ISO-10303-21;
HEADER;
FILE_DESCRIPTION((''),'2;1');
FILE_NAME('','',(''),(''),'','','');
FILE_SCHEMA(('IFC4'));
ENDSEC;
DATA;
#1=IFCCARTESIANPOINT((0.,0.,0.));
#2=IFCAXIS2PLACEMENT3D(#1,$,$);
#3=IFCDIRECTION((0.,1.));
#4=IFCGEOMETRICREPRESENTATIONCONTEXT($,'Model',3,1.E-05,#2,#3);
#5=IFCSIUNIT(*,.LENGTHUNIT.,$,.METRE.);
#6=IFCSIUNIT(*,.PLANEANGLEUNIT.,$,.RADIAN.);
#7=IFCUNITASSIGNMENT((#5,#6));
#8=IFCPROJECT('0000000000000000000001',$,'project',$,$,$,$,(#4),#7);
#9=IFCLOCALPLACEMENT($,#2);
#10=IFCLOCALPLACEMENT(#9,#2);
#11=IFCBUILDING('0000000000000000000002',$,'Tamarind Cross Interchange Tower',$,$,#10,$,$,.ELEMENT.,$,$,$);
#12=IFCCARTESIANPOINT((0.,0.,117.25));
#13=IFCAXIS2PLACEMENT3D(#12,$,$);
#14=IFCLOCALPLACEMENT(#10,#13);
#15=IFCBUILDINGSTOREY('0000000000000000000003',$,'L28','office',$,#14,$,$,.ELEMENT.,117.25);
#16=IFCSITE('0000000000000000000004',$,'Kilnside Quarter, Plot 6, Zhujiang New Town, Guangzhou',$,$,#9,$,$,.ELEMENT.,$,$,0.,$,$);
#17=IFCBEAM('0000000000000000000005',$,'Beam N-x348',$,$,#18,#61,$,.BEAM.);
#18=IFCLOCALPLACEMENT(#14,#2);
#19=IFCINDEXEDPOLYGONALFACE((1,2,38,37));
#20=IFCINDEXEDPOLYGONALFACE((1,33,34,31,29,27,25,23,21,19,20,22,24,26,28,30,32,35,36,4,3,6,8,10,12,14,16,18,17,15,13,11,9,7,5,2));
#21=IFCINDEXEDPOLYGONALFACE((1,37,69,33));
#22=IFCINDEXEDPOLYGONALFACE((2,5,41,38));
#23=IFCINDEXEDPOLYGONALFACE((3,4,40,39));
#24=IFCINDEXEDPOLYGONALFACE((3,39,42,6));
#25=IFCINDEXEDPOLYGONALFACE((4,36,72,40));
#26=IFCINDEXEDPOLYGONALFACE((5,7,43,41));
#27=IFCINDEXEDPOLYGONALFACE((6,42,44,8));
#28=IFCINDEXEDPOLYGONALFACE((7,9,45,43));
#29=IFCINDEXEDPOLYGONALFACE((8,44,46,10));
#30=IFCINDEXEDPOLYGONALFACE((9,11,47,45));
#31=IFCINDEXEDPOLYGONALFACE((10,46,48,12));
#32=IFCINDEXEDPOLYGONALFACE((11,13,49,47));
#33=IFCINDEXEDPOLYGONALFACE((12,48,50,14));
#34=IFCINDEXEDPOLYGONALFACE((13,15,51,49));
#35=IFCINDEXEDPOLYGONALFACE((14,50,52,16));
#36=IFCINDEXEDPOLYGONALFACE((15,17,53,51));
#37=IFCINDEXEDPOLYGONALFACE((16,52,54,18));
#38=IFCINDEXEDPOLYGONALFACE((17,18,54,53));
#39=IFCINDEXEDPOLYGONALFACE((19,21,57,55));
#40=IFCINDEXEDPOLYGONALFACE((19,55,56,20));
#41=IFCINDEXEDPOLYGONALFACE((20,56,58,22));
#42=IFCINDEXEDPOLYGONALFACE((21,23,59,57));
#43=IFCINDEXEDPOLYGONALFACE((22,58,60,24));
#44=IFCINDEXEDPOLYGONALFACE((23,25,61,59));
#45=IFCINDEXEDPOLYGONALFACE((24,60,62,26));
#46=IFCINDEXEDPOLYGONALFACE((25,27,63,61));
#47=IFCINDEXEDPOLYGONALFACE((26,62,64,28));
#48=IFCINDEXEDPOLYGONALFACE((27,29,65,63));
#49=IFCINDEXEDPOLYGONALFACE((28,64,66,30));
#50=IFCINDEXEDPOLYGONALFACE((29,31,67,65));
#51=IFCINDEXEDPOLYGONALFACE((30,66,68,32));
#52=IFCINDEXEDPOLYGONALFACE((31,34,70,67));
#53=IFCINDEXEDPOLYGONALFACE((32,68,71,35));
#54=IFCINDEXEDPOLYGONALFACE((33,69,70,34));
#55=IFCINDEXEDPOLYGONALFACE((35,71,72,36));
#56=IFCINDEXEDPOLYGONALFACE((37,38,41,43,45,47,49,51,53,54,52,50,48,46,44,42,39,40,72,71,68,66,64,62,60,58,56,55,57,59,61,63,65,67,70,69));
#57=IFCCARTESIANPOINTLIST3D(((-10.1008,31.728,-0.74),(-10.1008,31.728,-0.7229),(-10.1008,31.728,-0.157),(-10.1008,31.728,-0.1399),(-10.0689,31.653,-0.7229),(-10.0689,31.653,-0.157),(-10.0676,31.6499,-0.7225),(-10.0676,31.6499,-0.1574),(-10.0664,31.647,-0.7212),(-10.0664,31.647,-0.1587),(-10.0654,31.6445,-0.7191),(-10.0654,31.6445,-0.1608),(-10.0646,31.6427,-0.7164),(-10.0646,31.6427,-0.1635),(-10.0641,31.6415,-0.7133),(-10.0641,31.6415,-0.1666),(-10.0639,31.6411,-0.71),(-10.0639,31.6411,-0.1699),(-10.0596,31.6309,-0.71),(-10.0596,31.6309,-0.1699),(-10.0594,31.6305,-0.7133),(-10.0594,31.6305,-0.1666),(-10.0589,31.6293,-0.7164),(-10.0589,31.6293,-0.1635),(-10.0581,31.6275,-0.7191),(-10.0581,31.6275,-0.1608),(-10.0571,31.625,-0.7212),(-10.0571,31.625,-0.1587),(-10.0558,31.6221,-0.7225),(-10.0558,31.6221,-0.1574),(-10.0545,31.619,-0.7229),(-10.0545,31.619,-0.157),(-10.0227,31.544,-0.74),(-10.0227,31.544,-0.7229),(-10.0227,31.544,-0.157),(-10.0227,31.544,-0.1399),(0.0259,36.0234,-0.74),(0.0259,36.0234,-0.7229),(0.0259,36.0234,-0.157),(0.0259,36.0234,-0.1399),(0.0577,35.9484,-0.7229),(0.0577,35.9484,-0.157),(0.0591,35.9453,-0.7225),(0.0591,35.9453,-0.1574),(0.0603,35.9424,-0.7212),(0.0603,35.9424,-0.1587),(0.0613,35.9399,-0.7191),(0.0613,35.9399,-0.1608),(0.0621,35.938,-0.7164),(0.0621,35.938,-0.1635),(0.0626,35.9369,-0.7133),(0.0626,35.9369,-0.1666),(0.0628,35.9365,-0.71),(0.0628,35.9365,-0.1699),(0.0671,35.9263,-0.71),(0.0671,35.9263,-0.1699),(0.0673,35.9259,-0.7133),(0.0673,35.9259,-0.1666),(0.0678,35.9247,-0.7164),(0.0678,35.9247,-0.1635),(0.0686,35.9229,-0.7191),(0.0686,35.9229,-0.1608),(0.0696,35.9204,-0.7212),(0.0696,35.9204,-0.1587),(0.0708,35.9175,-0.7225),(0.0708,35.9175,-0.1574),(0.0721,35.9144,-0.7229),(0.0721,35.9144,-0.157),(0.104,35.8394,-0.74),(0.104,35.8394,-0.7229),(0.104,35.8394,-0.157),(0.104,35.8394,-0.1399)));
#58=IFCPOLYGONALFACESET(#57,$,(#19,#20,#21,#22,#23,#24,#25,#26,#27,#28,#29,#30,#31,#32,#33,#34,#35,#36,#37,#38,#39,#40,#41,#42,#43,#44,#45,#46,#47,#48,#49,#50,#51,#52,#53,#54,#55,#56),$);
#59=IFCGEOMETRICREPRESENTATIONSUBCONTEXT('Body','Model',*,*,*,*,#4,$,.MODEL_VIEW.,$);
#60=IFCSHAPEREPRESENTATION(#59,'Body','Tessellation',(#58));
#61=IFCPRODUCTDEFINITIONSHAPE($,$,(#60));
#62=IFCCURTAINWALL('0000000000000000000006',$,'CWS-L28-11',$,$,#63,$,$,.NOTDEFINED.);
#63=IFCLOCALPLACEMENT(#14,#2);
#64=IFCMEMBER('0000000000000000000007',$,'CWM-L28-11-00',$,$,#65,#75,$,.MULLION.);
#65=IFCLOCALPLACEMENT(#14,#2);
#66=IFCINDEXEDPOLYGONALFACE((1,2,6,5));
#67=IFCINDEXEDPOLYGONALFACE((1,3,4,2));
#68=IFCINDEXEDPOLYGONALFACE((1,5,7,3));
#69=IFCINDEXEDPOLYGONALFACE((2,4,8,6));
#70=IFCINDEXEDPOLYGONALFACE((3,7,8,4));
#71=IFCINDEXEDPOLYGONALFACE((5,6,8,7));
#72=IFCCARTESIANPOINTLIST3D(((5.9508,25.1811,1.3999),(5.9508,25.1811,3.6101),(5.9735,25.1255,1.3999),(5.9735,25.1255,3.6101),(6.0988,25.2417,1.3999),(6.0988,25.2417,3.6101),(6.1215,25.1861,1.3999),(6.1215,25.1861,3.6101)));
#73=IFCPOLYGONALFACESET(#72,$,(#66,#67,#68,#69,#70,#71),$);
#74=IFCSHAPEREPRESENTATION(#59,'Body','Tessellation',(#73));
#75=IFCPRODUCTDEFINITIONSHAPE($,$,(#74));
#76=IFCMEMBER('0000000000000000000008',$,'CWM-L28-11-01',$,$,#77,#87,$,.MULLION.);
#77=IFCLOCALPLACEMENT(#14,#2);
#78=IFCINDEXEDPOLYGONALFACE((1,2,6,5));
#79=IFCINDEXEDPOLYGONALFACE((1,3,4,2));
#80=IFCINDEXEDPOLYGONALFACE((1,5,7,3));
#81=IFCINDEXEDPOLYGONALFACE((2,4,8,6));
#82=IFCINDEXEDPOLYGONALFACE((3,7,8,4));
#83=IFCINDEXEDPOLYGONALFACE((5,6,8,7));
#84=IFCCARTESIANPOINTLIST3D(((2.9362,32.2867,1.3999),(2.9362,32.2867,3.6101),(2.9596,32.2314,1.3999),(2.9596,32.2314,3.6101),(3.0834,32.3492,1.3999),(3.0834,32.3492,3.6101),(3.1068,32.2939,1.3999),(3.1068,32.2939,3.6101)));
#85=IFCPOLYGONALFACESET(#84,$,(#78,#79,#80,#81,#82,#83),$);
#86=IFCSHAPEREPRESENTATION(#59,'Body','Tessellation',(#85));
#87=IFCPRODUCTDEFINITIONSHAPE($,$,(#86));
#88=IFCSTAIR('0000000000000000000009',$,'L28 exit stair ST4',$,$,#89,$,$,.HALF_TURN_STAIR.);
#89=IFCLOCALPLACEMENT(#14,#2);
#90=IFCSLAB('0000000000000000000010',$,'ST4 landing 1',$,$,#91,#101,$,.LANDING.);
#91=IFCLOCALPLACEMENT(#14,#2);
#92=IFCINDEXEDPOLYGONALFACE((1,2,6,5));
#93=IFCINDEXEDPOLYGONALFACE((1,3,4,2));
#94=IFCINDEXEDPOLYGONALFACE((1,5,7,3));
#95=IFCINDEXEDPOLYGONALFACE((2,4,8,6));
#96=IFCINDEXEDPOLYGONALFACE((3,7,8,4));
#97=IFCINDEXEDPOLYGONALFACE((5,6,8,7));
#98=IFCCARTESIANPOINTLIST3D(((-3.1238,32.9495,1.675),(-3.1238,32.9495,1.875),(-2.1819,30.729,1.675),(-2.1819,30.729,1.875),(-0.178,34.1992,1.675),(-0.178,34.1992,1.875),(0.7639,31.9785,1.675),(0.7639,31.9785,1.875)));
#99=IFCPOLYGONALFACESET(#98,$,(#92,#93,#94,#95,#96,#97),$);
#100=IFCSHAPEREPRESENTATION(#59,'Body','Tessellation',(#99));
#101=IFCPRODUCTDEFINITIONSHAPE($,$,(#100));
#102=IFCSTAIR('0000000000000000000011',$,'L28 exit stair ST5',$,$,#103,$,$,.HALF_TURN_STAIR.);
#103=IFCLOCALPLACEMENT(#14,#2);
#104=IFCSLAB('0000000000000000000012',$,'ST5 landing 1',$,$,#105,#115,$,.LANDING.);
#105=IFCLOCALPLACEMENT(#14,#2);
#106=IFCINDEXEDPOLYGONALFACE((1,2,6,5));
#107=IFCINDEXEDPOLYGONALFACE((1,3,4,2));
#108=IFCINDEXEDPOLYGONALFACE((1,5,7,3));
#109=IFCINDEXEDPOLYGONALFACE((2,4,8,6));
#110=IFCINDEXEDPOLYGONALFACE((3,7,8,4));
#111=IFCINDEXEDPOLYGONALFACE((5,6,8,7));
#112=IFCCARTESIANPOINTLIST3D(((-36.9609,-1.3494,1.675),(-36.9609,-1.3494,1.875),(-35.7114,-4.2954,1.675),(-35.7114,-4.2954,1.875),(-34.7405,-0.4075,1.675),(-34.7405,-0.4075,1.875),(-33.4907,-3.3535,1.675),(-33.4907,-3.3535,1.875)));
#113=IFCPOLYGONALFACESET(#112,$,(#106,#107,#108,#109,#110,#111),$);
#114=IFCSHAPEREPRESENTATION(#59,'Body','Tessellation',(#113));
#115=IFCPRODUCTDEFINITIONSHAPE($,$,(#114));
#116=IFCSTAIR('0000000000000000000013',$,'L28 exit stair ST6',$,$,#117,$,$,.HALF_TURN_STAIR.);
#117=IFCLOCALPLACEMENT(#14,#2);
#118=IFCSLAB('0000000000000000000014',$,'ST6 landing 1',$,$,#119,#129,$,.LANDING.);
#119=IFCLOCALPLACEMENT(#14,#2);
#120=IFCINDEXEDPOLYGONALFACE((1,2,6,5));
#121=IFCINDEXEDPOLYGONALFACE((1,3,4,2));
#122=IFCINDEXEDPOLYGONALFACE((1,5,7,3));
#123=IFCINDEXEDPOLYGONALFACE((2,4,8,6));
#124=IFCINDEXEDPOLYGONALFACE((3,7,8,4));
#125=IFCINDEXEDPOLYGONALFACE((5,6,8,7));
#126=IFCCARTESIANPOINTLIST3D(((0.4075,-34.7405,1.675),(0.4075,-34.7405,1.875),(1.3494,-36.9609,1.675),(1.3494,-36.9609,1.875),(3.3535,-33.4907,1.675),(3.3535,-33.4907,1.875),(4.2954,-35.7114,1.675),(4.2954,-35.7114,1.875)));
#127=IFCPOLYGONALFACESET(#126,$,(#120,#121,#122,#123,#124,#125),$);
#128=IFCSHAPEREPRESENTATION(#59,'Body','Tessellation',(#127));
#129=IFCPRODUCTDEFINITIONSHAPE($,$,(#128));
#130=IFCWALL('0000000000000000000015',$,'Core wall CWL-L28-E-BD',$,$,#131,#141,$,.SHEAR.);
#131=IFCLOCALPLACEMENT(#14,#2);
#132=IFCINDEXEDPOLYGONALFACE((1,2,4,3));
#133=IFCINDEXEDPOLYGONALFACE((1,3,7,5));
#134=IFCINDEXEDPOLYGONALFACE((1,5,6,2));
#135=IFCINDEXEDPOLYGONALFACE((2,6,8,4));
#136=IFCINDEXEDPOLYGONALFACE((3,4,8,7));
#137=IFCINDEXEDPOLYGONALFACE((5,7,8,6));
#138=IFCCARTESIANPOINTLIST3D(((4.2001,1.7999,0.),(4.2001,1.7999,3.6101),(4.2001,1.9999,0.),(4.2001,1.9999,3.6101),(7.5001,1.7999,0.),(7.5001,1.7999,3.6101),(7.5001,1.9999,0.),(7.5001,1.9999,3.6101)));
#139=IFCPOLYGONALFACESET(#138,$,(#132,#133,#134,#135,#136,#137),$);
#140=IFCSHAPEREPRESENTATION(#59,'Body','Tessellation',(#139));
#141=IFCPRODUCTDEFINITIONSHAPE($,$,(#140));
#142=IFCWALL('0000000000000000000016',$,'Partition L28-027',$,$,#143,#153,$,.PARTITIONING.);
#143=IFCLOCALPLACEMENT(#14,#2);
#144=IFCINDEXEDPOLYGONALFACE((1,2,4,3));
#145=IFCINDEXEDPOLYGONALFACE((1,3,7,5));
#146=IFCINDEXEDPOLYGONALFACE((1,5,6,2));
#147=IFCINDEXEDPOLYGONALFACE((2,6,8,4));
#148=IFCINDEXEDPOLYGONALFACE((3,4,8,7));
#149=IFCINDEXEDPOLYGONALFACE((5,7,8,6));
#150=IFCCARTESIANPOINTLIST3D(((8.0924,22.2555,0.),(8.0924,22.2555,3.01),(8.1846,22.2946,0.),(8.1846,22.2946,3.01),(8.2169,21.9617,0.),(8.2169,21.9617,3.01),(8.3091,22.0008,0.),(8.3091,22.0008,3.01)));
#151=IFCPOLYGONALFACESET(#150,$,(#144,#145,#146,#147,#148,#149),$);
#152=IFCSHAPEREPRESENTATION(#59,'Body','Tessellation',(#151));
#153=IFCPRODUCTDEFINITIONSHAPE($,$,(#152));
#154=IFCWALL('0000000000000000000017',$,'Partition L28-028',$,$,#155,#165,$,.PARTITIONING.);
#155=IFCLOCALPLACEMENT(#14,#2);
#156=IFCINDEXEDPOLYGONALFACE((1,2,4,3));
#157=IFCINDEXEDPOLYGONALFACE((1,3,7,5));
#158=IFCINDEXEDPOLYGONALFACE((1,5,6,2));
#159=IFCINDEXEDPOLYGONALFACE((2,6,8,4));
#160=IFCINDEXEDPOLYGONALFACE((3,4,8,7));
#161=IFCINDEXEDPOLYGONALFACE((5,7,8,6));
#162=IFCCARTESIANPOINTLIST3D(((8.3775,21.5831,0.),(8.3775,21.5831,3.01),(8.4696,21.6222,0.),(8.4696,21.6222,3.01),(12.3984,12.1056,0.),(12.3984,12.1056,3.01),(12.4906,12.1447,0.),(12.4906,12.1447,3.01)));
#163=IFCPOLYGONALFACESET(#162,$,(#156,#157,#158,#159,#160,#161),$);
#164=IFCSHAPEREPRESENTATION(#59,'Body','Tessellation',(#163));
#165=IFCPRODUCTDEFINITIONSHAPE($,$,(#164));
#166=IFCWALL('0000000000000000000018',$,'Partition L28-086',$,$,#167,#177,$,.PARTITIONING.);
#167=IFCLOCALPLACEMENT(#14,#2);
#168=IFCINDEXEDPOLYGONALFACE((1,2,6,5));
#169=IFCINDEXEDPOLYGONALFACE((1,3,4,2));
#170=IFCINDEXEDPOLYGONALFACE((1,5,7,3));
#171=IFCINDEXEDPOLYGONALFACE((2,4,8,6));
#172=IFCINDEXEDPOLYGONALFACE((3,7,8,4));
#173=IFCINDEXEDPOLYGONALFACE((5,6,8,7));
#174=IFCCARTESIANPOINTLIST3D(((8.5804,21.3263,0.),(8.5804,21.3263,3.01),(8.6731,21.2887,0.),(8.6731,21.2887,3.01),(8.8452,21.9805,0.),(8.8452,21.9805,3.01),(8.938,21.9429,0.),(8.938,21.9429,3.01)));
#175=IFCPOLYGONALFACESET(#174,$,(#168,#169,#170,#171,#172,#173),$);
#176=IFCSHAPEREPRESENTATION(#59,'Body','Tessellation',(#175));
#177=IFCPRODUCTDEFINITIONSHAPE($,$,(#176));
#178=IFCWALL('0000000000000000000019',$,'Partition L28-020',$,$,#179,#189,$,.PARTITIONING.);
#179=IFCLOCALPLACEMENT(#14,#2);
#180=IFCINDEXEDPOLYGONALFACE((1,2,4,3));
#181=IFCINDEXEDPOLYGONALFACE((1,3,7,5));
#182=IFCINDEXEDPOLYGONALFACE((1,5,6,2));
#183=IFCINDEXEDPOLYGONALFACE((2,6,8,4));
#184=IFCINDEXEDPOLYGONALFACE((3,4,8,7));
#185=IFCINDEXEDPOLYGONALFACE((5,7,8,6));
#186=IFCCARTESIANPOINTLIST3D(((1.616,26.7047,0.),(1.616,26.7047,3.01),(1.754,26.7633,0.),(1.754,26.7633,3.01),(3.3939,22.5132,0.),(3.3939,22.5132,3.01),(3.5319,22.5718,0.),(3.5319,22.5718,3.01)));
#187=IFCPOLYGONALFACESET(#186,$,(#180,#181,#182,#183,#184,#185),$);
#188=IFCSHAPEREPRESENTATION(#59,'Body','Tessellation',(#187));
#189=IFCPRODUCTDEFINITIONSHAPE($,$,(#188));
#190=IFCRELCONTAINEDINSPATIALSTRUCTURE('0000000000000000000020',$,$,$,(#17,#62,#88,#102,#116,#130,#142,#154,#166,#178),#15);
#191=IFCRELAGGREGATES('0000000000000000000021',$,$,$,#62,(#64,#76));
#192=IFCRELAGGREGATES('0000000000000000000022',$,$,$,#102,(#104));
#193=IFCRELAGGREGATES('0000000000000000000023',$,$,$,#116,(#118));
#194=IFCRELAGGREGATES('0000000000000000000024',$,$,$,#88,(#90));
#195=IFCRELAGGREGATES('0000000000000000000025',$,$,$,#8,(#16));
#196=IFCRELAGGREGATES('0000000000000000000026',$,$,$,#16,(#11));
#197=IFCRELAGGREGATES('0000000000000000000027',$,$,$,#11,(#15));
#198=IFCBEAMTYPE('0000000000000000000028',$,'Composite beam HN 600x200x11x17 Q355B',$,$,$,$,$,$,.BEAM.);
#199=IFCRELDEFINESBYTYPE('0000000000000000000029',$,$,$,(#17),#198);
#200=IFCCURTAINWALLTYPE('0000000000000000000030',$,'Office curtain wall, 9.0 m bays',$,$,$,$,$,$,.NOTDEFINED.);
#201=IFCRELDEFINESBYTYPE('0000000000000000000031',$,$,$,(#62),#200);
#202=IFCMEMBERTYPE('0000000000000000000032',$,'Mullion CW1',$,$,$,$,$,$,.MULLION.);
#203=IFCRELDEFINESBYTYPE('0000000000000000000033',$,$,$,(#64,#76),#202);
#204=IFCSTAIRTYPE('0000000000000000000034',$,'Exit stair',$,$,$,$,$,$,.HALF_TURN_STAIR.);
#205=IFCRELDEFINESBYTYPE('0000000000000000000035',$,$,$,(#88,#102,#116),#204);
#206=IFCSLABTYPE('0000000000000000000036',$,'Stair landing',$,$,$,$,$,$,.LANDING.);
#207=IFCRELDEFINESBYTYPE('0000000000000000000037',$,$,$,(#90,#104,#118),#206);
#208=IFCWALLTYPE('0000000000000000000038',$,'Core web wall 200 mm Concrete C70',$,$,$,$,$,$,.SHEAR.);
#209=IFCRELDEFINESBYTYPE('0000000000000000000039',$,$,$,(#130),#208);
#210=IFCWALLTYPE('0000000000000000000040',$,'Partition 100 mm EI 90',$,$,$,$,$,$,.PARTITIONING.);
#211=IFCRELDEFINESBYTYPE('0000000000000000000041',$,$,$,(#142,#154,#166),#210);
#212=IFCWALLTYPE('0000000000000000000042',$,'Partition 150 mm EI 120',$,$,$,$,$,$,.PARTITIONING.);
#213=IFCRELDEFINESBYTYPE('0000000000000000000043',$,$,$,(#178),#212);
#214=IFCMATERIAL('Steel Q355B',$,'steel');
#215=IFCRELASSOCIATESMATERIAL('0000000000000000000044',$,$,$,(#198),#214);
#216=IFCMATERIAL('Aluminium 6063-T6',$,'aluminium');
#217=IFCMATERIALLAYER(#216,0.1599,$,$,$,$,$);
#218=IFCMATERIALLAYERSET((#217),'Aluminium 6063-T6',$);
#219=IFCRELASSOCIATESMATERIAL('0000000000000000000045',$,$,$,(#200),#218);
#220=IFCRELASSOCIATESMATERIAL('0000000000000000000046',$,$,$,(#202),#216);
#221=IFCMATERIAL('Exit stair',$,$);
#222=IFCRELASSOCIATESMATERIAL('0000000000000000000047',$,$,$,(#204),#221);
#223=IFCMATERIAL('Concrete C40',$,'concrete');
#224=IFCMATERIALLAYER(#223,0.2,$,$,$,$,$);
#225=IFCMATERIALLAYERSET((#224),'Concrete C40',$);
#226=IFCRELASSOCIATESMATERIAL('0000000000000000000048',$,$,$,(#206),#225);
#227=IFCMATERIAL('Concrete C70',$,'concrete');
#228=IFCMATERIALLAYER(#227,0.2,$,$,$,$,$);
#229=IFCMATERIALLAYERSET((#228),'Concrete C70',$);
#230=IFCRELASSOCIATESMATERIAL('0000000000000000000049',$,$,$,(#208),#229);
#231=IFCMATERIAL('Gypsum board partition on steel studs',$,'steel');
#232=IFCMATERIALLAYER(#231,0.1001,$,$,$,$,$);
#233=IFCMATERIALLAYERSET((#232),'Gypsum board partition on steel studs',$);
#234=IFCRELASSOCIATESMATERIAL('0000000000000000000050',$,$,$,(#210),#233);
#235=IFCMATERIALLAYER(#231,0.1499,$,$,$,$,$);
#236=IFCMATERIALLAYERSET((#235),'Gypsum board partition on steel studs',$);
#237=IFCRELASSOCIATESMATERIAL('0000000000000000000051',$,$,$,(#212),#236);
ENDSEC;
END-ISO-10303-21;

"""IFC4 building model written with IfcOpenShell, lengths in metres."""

from ifc_helpers import new_model, si_unit, direction, frame, frame_2d, origin, origin_2d, place, context, subcontext, project, spatial, polyline, rectangle, i_section, outline, extrude, material, layer, layer_set, material_profile, profile_set, type_object, element, aggregate, save


model = new_model("IFC4")

# Units and contexts
model_context = context("Model", 3, precision=1e-05, world=origin(), true_north=direction((0.0, 1.0)))
body_context = subcontext(model_context, "Body", "Model", "MODEL_VIEW")
ifc_project = project(units=[si_unit("LENGTHUNIT", "METRE"), si_unit("PLANEANGLEUNIT", "RADIAN")], contexts=[model_context])

# Site, building, storey
site_placement = place(None, origin())
site = spatial("IfcSite", under=ifc_project, at=site_placement, Name="Kilnside Quarter, Plot 6, Zhujiang New Town, Guangzhou", CompositionType="ELEMENT", RefElevation=0.0)
building_placement = place(site_placement, origin())
building = spatial("IfcBuilding", under=site, at=building_placement, Name="Tamarind Cross Interchange Tower", CompositionType="ELEMENT")
storey_placement = place(building_placement, frame((0.0, 0.0, 117.25)))
storey = spatial("IfcBuildingStorey", under=building, at=storey_placement, Name="L28", Description="office", CompositionType="ELEMENT", Elevation=117.25)

# Beam
ifc_material_1 = material(Name="Steel Q355B", Category="steel")
ifc_material_profile_1 = material_profile(ifc_material_1, i_section(OverallWidth=0.2, OverallDepth=0.6001, WebThickness=0.011, FlangeThickness=0.0171, FilletRadius=0.0129, at=origin_2d()), Name="HN 600x200x11x17")
ifc_profile_set_1 = profile_set([ifc_material_profile_1], Name="Steel Q355B")
beam_type_1 = type_object("IfcBeamType", Name="Composite beam HN 600x200x11x17 Q355B", PredefinedType="BEAM", material=ifc_profile_set_1)
for number, where, z_axis, x_axis, name in (
    (1, (0.0649, 35.9314, -0.4399), (-0.920607, -0.390491, 0.0), (0.390491, -0.920607, 0.0), "Beam N-x348"),
):
    element("IfcBeam", number, at=place(storey_placement, frame(where, z_axis=z_axis, x_axis=x_axis)), inside=storey, type_object=beam_type_1, Name=name, PredefinedType="BEAM", context=body_context, shape_type="SweptSolid", body=[
        extrude(i_section(OverallWidth=0.2, OverallDepth=0.6001, WebThickness=0.011, FlangeThickness=0.0171, FilletRadius=0.0129, at=origin_2d()), origin(), (0.0, 0.0, 1.0), 11.0),
    ])

# Curtain wall, members
ifc_material_2 = material(Name="Aluminium 6063-T6", Category="aluminium")
ifc_layer_1 = layer(ifc_material_2, 0.1599)
ifc_layer_set_1 = layer_set([ifc_layer_1], Name="Aluminium 6063-T6")
curtain_wall_type = type_object("IfcCurtainWallType", Name="Office curtain wall, 9.0 m bays", PredefinedType="NOTDEFINED", material=ifc_layer_set_1)
curtain_wall_placement = place(storey_placement, origin())
curtain_wall = element("IfcCurtainWall", 2, at=curtain_wall_placement, inside=storey, type_object=curtain_wall_type, Name="CWS-L28-11", PredefinedType="NOTDEFINED")
ifc_material_profile_2 = material_profile(ifc_material_2, rectangle(XDim=0.0601, YDim=0.1599, at=origin_2d()), Name="Mullion CW1")
ifc_profile_set_2 = profile_set([ifc_material_profile_2], Name="Aluminium 6063-T6")
member_type = type_object("IfcMemberType", Name="Mullion CW1", PredefinedType="MULLION", material=ifc_profile_set_2)
member_1_placement = place(storey_placement, frame((6.0361, 25.1836, 1.3999), z_axis=(0.0, 0.0, 1.0), x_axis=(-0.378731, 0.925507, 0.0)))
member_1 = element("IfcMember", 3, at=member_1_placement, type_object=member_type, Name="CWM-L28-11-00", PredefinedType="MULLION", context=body_context, shape_type="SweptSolid", body=[
    extrude(rectangle(XDim=0.0601, YDim=0.1599, at=origin_2d()), origin(), (0.0, 0.0, 1.0), 2.2102),
])
member_2_placement = place(storey_placement, frame((3.0215, 32.2903, 1.3999), z_axis=(0.0, 0.0, 1.0), x_axis=(-0.3905, 0.920603, 0.0)))
member_2 = element("IfcMember", 4, at=member_2_placement, type_object=member_type, Name="CWM-L28-11-01", PredefinedType="MULLION", context=body_context, shape_type="SweptSolid", body=[
    extrude(rectangle(XDim=0.0601, YDim=0.1599, at=origin_2d()), origin(), (0.0, 0.0, 1.0), 2.2102),
])
aggregate(curtain_wall, [member_1, member_2])

# Stairs, slabs
ifc_material_3 = material(Name="Exit stair")
stair_type = type_object("IfcStairType", Name="Exit stair", PredefinedType="HALF_TURN_STAIR", material=ifc_material_3)
stair_1_placement = place(storey_placement, origin())
stair_1 = element("IfcStair", 5, at=stair_1_placement, inside=storey, type_object=stair_type, Name="L28 exit stair ST4", PredefinedType="HALF_TURN_STAIR")
ifc_material_4 = material(Name="Concrete C40", Category="concrete")
ifc_layer_2 = layer(ifc_material_4, 0.2)
ifc_layer_set_2 = layer_set([ifc_layer_2], Name="Concrete C40")
slab_type = type_object("IfcSlabType", Name="Stair landing", PredefinedType="LANDING", material=ifc_layer_set_2)
slab_1_placement = place(storey_placement, frame((0.0, 0.0, 1.675)))
slab_1 = element("IfcSlab", 6, at=slab_1_placement, type_object=slab_type, Name="ST4 landing 1", PredefinedType="LANDING", context=body_context, shape_type="SweptSolid", body=[
    extrude(outline(polyline([(0.7639, 31.9785), (-0.178, 34.1992), (-3.1238, 32.9495), (-2.1819, 30.729), (0.7639, 31.9785)])), origin(), (0.0, 0.0, 1.0), 0.2),
])
stair_2_placement = place(storey_placement, origin())
stair_2 = element("IfcStair", 7, at=stair_2_placement, inside=storey, type_object=stair_type, Name="L28 exit stair ST5", PredefinedType="HALF_TURN_STAIR")
slab_2_placement = place(storey_placement, frame((0.0, 0.0, 1.675)))
slab_2 = element("IfcSlab", 8, at=slab_2_placement, type_object=slab_type, Name="ST5 landing 1", PredefinedType="LANDING", context=body_context, shape_type="SweptSolid", body=[
    extrude(outline(polyline([(-34.7405, -0.4075), (-36.9609, -1.3494), (-35.7114, -4.2954), (-33.4907, -3.3535), (-34.7405, -0.4075)])), origin(), (0.0, 0.0, 1.0), 0.2),
])
aggregate(stair_2, [slab_2])
stair_3_placement = place(storey_placement, origin())
stair_3 = element("IfcStair", 9, at=stair_3_placement, inside=storey, type_object=stair_type, Name="L28 exit stair ST6", PredefinedType="HALF_TURN_STAIR")
slab_3_placement = place(storey_placement, frame((0.0, 0.0, 1.675)))
slab_3 = element("IfcSlab", 10, at=slab_3_placement, type_object=slab_type, Name="ST6 landing 1", PredefinedType="LANDING", context=body_context, shape_type="SweptSolid", body=[
    extrude(outline(polyline([(0.4075, -34.7405), (1.3494, -36.9609), (4.2954, -35.7114), (3.3535, -33.4907), (0.4075, -34.7405)])), origin(), (0.0, 0.0, 1.0), 0.2),
])
aggregate(stair_3, [slab_3])

# Walls
ifc_material_5 = material(Name="Concrete C70", Category="concrete")
ifc_layer_3 = layer(ifc_material_5, 0.2)
ifc_layer_set_3 = layer_set([ifc_layer_3], Name="Concrete C70")
wall_type_1 = type_object("IfcWallType", Name="Core web wall 200 mm Concrete C70", PredefinedType="SHEAR", material=ifc_layer_set_3)
wall_1_placement = place(storey_placement, frame((7.5, 1.8999, 0.0), z_axis=(0.0, 0.0, 1.0), x_axis=(-1.0, 0.0, 0.0)))
element("IfcWall", 11, at=wall_1_placement, inside=storey, type_object=wall_type_1, Name="Core wall CWL-L28-E-BD", PredefinedType="SHEAR", context=body_context, shape_type="SweptSolid", body=[
    extrude(rectangle(XDim=3.3, YDim=0.2, at=frame_2d((1.6499, 0.0))), origin(), (0.0, 0.0, 1.0), 3.6101),
])
ifc_material_6 = material(Name="Gypsum board partition on steel studs", Category="steel")
ifc_layer_4 = layer(ifc_material_6, 0.1001)
ifc_layer_set_4 = layer_set([ifc_layer_4], Name="Gypsum board partition on steel studs")
wall_type_2 = type_object("IfcWallType", Name="Partition 100 mm EI 90", PredefinedType="PARTITIONING", material=ifc_layer_set_4)
wall_2_placement = place(storey_placement, frame((8.1384, 22.2751, 0.0), z_axis=(0.0, 0.0, 1.0), x_axis=(0.390314, -0.920682, 0.0)))
element("IfcWall", 12, at=wall_2_placement, inside=storey, type_object=wall_type_2, Name="Partition L28-027", PredefinedType="PARTITIONING", context=body_context, shape_type="SweptSolid", body=[
    extrude(rectangle(XDim=0.3191, YDim=0.1001, at=frame_2d((0.1597, 0.0))), origin(), (0.0, 0.0, 1.0), 3.01),
])
wall_3_placement = place(storey_placement, frame((8.4236, 21.6025, 0.0), z_axis=(0.0, 0.0, 1.0), x_axis=(0.390568, -0.920574, 0.0)))
element("IfcWall", 13, at=wall_3_placement, inside=storey, type_object=wall_type_2, Name="Partition L28-028", PredefinedType="PARTITIONING", context=body_context, shape_type="SweptSolid", body=[
    extrude(rectangle(XDim=10.2952, YDim=0.1001, at=frame_2d((5.1475, 0.0))), origin(), (0.0, 0.0, 1.0), 3.01),
])
wall_4_placement = place(storey_placement, frame((8.6267, 21.3074, 0.0), z_axis=(0.0, 0.0, 1.0), x_axis=(0.375264, 0.926918, 0.0)))
element("IfcWall", 14, at=wall_4_placement, inside=storey, type_object=wall_type_2, Name="Partition L28-086", PredefinedType="PARTITIONING", context=body_context, shape_type="SweptSolid", body=[
    extrude(rectangle(XDim=0.7058, YDim=0.1001, at=frame_2d((0.353, 0.0))), origin(), (0.0, 0.0, 1.0), 3.01),
])
ifc_layer_5 = layer(ifc_material_6, 0.1499)
ifc_layer_set_5 = layer_set([ifc_layer_5], Name="Gypsum board partition on steel studs")
wall_type_3 = type_object("IfcWallType", Name="Partition 150 mm EI 120", PredefinedType="PARTITIONING", material=ifc_layer_set_5)
wall_5_placement = place(storey_placement, frame((1.6851, 26.7339, 0.0), z_axis=(0.0, 0.0, 1.0), x_axis=(0.390486, -0.920609, 0.0)))
element("IfcWall", 15, at=wall_5_placement, inside=storey, type_object=wall_type_3, Name="Partition L28-020", PredefinedType="PARTITIONING", context=body_context, shape_type="SweptSolid", body=[
    extrude(rectangle(XDim=4.553, YDim=0.1499, at=frame_2d((2.2764, 0.0))), origin(), (0.0, 0.0, 1.0), 3.01),
])

aggregate(stair_1, [slab_1])

save(model, "model.ifc")
